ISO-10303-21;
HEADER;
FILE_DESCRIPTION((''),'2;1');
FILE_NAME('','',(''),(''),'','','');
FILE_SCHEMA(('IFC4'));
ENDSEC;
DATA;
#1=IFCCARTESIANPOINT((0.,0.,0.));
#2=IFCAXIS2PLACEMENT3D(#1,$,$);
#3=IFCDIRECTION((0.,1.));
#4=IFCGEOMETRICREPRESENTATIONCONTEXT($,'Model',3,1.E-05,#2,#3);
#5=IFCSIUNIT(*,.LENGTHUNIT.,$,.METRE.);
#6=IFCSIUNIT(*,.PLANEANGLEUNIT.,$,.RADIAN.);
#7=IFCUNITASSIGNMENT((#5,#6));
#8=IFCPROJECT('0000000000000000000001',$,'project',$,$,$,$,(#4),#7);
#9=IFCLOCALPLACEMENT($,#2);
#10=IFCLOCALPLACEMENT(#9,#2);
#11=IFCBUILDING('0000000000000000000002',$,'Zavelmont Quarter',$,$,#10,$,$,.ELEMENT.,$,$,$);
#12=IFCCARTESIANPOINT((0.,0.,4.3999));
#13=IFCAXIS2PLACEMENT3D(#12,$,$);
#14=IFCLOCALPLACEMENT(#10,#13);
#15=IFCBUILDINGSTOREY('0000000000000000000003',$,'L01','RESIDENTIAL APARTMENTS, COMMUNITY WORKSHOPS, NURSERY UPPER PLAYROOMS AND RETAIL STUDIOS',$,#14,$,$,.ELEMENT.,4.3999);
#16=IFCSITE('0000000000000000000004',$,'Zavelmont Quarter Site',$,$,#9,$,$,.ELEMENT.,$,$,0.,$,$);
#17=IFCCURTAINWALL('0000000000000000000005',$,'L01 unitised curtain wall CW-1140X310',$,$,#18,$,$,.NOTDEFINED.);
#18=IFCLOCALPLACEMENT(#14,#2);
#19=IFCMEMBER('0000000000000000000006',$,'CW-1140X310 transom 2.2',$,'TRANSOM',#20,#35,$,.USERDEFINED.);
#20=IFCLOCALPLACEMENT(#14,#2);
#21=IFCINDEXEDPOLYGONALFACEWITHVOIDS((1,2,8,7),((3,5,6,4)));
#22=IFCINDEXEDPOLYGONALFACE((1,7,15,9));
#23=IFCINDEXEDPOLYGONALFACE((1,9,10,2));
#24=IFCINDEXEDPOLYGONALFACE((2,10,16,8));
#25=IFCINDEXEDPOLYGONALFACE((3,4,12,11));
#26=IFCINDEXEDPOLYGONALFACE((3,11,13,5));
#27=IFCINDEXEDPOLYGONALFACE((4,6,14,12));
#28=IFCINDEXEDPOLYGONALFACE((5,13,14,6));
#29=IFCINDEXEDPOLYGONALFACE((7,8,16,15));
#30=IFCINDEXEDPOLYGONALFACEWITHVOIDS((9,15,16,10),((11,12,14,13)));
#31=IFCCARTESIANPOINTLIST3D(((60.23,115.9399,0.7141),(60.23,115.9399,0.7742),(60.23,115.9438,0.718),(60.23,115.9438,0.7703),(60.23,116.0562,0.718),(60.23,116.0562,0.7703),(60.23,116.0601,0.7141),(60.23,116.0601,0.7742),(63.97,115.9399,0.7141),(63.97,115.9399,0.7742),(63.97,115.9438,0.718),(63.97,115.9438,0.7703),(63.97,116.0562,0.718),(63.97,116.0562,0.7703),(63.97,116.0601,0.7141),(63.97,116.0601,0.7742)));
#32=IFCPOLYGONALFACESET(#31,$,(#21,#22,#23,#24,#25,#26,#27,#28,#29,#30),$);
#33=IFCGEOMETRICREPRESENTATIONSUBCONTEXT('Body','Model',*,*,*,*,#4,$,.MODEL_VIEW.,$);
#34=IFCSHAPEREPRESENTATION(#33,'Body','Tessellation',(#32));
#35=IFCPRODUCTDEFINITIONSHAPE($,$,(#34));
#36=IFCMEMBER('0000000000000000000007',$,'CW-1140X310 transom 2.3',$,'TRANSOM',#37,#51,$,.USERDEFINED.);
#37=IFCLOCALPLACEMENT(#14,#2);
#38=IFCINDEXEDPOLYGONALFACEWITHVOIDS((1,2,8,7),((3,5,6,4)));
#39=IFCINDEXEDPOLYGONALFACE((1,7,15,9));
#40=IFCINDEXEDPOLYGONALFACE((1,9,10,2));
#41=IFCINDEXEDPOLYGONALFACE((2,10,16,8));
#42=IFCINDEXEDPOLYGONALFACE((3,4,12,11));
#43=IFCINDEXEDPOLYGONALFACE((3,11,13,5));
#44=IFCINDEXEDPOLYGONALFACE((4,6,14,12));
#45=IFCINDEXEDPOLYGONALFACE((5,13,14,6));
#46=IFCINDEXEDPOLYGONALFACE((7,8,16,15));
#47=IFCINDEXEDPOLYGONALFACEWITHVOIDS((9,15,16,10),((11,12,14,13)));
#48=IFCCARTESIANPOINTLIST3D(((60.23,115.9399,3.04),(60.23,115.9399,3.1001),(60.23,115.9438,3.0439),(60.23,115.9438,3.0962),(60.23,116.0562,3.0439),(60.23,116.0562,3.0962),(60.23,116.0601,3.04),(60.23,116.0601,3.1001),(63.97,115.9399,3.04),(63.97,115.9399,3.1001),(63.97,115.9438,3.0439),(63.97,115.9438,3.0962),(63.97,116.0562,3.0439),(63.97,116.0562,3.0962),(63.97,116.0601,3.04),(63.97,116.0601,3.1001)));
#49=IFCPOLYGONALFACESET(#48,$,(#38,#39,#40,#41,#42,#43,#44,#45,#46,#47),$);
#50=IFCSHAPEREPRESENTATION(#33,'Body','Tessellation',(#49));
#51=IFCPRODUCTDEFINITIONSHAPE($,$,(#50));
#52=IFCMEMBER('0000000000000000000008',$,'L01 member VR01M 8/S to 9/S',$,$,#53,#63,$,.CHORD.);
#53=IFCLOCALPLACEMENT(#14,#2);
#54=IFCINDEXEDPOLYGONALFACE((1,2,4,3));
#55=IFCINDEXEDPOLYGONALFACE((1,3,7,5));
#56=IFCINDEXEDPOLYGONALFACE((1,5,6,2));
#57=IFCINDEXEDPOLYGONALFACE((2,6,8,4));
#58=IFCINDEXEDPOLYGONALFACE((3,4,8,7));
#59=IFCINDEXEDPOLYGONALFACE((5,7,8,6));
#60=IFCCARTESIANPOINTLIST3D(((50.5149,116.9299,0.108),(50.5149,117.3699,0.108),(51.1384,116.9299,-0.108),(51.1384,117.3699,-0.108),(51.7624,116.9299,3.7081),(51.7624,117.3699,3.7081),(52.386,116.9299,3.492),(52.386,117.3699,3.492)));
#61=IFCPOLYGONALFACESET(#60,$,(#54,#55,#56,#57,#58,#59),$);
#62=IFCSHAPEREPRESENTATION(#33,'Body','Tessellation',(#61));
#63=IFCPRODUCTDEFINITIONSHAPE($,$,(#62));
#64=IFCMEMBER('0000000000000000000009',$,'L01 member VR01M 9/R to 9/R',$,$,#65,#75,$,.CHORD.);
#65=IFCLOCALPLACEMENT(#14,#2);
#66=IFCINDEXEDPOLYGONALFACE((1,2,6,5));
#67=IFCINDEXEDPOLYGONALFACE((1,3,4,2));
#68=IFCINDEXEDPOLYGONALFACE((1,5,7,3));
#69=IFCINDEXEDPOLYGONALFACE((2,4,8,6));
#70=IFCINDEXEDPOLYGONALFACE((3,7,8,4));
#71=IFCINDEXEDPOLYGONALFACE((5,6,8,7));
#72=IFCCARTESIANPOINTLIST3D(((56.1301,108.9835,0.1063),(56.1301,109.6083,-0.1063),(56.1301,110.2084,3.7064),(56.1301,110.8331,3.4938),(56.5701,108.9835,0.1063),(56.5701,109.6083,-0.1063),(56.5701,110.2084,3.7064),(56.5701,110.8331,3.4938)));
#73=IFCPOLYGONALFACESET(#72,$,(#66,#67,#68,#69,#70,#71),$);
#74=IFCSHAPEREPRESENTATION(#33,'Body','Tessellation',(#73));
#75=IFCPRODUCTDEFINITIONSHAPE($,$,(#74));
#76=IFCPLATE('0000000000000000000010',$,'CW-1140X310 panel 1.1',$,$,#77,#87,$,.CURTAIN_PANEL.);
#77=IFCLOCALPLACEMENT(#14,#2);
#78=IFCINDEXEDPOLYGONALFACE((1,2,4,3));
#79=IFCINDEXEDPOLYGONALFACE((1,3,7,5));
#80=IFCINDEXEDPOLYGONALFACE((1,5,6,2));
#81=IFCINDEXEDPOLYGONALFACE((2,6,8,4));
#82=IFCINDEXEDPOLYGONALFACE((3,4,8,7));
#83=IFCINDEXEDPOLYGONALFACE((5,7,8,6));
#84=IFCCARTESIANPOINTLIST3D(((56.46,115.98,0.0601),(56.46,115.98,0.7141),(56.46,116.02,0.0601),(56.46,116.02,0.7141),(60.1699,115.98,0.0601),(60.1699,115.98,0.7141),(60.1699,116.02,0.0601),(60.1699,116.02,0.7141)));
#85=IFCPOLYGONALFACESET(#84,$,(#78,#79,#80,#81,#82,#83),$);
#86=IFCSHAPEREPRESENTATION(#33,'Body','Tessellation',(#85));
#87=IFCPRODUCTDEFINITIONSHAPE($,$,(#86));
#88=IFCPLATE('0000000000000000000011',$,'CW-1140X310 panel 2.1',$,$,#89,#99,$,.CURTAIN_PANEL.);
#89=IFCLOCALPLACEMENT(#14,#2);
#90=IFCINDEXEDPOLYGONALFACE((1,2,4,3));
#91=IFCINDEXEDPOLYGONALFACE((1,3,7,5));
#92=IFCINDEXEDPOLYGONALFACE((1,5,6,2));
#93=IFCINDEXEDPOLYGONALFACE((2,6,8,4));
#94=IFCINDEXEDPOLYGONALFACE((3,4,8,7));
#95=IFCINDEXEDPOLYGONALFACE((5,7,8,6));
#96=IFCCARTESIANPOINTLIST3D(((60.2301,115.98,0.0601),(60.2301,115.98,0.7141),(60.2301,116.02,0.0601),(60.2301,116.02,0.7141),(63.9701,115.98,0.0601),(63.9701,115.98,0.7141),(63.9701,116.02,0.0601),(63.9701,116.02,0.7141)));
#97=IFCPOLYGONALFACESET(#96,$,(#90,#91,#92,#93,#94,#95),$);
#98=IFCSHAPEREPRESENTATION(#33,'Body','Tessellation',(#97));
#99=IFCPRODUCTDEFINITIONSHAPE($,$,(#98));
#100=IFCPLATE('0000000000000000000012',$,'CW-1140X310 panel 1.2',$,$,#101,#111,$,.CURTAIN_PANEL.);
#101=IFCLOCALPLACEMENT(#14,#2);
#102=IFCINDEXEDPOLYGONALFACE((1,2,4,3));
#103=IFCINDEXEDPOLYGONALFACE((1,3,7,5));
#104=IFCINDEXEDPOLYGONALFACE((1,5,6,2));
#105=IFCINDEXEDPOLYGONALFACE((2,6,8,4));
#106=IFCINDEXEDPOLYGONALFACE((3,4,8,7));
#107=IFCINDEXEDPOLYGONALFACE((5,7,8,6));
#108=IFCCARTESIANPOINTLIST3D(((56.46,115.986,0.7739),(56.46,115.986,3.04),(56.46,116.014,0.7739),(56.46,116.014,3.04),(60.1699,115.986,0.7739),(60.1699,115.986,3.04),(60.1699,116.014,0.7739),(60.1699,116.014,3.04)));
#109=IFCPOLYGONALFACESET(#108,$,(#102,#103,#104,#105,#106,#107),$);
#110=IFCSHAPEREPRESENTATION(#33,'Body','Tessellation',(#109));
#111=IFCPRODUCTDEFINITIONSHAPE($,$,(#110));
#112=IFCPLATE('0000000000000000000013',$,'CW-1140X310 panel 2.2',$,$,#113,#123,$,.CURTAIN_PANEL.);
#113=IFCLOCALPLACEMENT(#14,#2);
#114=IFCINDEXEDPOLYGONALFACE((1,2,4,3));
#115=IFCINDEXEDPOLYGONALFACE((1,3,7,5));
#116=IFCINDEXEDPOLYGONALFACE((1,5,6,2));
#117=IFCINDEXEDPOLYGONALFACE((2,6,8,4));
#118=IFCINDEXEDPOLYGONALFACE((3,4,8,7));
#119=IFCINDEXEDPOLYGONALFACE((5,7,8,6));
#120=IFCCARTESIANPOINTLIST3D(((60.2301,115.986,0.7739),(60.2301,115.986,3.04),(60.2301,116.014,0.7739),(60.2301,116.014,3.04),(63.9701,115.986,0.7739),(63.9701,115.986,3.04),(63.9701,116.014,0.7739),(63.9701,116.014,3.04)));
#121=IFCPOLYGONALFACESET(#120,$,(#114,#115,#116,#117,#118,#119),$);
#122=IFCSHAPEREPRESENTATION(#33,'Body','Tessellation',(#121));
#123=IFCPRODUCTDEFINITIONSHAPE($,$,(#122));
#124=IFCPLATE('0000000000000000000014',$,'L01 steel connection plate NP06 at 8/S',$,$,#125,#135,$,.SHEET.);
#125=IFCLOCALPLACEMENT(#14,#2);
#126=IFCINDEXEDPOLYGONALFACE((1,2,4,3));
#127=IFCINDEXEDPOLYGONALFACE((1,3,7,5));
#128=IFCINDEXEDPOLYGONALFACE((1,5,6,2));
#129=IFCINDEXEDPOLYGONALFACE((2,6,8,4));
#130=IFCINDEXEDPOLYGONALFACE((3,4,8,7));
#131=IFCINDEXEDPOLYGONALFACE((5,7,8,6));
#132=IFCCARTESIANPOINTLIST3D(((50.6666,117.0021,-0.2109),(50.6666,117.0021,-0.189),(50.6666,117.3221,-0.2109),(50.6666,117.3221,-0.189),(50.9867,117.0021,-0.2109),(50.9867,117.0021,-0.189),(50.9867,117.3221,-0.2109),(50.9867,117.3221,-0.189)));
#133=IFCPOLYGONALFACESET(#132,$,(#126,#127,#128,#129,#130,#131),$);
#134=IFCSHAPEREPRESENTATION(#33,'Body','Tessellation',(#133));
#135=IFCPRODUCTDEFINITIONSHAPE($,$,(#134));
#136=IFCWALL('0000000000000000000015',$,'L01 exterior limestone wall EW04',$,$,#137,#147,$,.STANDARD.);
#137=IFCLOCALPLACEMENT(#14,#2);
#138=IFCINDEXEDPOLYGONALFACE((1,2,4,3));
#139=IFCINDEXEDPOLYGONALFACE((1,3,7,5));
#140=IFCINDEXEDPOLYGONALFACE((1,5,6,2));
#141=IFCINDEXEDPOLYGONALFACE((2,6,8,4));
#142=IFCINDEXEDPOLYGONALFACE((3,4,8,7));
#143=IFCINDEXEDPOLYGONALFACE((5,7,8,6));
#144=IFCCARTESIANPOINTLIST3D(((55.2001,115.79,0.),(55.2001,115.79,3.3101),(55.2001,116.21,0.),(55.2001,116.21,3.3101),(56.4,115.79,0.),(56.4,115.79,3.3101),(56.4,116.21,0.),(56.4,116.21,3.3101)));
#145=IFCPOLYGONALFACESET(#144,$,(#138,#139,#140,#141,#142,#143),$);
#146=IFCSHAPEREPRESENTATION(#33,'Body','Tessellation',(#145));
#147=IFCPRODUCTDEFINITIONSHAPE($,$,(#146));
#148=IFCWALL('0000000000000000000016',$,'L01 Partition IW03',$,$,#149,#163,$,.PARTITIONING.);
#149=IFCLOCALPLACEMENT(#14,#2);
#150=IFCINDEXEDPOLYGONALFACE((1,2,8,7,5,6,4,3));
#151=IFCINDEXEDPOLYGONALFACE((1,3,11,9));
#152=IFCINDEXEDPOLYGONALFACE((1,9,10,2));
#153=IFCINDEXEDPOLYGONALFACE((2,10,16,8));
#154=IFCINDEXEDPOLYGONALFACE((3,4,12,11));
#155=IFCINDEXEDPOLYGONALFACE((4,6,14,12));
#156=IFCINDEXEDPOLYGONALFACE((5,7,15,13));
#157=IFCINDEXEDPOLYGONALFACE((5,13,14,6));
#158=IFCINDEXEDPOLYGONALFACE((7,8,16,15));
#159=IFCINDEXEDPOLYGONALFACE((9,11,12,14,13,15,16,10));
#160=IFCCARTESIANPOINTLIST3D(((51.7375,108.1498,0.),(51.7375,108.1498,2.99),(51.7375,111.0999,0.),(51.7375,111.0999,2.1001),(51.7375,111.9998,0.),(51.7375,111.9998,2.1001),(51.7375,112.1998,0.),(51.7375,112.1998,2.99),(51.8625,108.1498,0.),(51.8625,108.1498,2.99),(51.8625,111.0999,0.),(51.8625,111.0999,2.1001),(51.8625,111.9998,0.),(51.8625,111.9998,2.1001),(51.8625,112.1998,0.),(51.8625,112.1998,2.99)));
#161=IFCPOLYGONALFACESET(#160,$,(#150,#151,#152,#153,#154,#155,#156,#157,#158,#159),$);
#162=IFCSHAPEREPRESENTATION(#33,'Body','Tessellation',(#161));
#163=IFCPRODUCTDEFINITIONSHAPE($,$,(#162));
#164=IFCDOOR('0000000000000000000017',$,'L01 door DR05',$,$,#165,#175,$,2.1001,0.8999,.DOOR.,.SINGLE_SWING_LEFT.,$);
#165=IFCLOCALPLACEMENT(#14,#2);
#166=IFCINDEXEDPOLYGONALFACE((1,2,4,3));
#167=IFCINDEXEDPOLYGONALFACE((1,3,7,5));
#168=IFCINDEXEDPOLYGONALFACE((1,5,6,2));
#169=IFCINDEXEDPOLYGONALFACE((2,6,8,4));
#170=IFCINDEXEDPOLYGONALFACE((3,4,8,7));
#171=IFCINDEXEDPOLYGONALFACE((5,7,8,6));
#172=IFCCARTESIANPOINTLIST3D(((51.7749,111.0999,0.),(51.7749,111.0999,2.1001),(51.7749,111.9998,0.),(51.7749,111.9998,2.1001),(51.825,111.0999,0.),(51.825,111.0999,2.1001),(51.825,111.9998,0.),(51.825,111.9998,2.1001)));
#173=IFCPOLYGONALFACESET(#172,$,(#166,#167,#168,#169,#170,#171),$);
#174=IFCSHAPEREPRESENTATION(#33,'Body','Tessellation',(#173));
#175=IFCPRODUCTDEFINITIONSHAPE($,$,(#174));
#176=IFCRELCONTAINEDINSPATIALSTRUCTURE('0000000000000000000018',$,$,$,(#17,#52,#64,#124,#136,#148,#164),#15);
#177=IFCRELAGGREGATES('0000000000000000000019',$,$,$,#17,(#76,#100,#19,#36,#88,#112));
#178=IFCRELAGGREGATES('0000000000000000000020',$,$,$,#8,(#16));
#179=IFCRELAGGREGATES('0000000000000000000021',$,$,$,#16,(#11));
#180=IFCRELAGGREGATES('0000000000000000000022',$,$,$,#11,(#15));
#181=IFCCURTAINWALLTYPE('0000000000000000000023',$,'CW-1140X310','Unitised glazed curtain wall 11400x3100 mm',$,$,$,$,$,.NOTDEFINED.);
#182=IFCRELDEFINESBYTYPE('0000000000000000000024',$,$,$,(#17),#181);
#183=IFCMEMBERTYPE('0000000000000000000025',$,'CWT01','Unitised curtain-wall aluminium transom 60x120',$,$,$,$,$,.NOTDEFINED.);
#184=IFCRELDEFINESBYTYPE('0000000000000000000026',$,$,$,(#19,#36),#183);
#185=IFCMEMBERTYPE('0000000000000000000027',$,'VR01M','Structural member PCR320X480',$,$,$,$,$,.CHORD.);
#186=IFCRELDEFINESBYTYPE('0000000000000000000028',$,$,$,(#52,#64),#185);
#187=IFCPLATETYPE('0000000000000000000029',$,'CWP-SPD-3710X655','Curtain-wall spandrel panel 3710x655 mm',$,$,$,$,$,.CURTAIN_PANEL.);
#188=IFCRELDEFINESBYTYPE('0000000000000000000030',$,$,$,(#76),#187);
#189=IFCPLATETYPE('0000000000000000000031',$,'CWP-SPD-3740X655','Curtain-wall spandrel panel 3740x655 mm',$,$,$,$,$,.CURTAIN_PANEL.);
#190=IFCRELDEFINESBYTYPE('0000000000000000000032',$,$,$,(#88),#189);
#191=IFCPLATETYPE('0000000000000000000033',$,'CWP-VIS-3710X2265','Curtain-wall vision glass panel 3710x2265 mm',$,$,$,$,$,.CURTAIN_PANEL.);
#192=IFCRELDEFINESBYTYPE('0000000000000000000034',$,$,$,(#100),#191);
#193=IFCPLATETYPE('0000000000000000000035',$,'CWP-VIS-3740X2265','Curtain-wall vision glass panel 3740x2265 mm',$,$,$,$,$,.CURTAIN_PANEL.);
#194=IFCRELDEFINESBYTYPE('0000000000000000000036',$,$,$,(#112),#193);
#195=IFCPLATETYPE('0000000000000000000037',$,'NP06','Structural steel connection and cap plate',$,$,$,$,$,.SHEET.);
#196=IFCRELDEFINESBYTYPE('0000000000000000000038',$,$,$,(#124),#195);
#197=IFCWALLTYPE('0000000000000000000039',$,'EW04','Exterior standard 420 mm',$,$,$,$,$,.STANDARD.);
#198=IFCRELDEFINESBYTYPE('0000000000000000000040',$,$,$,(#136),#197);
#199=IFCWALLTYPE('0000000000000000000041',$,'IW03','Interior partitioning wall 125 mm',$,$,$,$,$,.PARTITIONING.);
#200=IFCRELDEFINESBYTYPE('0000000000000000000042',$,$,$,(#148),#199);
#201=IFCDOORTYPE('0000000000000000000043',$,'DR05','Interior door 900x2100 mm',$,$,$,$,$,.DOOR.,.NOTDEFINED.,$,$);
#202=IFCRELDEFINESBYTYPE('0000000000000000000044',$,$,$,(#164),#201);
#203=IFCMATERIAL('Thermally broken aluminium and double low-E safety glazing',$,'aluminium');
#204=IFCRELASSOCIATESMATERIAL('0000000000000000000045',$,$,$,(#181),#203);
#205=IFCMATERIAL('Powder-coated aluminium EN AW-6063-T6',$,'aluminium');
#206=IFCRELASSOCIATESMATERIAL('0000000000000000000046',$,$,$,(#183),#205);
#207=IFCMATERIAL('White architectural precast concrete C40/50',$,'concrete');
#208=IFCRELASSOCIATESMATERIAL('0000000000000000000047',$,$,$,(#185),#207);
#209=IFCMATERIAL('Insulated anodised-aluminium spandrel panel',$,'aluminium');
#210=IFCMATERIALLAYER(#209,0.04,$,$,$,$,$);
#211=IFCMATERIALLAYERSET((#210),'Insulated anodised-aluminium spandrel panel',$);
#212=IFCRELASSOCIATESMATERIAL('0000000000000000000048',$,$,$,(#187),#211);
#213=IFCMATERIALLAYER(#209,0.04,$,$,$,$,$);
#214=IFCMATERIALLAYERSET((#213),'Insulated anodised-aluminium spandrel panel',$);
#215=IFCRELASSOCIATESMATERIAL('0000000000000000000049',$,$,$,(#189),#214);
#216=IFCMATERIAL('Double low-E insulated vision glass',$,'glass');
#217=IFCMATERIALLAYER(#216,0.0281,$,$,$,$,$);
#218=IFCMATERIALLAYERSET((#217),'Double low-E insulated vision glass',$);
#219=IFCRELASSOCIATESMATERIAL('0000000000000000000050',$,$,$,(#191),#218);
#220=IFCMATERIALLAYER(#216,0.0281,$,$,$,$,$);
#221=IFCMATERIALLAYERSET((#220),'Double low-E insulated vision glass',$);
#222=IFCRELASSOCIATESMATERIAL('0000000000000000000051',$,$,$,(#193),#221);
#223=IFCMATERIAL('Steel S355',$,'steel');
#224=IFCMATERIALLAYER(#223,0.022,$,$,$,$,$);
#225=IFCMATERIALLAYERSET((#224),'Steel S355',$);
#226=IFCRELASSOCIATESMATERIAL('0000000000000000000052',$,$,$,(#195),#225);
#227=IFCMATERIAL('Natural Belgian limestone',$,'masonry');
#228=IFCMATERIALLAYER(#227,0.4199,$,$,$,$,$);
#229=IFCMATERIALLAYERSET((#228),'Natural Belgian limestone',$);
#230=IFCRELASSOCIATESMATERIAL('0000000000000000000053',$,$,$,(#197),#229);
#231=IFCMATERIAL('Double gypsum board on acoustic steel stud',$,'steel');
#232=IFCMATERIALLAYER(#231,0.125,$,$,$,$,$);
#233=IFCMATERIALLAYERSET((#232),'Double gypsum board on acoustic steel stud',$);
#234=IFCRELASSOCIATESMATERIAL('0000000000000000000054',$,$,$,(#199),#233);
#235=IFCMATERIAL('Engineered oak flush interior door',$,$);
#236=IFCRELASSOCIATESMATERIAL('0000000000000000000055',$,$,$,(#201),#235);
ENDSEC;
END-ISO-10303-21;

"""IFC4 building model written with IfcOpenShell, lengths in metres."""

from ifc_helpers import new_model, si_unit, direction, frame, frame_2d, origin, origin_2d, place, context, subcontext, project, spatial, rectangle, hollow_rectangle, extrude, material, layer, layer_set, material_profile, profile_set, type_object, element, fill, aggregate, save


model = new_model("IFC4")

# Units and contexts
model_context = context("Model", 3, precision=1e-05, world=origin(), true_north=direction((0.0, 1.0)))
body_context = subcontext(model_context, "Body", "Model", "MODEL_VIEW")
ifc_project = project(units=[si_unit("LENGTHUNIT", "METRE"), si_unit("PLANEANGLEUNIT", "RADIAN")], contexts=[model_context])

# Site, building, storey
site_placement = place(None, origin())
site = spatial("IfcSite", under=ifc_project, at=site_placement, Name="Zavelmont Quarter Site", CompositionType="ELEMENT", RefElevation=0.0)
building_placement = place(site_placement, origin())
building = spatial("IfcBuilding", under=site, at=building_placement, Name="Zavelmont Quarter", CompositionType="ELEMENT")
storey_placement = place(building_placement, frame((0.0, 0.0, 4.3999)))
storey = spatial("IfcBuildingStorey", under=building, at=storey_placement, Name="L01", Description="RESIDENTIAL APARTMENTS, COMMUNITY WORKSHOPS, NURSERY UPPER PLAYROOMS AND RETAIL STUDIOS", CompositionType="ELEMENT", Elevation=4.3999)

# Shared definitions
ifc_material_1 = material(Name="Steel S355", Category="steel")

# Curtain wall, members
ifc_material_2 = material(Name="Thermally broken aluminium and double low-E safety glazing", Category="aluminium")
curtain_wall_type = type_object("IfcCurtainWallType", Name="CW-1140X310", Description="Unitised glazed curtain wall 11400x3100 mm", PredefinedType="NOTDEFINED", material=ifc_material_2)
curtain_wall_placement = place(storey_placement, origin())
curtain_wall = element("IfcCurtainWall", 1, at=curtain_wall_placement, inside=storey, type_object=curtain_wall_type, Name="L01 unitised curtain wall CW-1140X310", PredefinedType="NOTDEFINED")
ifc_material_3 = material(Name="Powder-coated aluminium EN AW-6063-T6", Category="aluminium")
ifc_material_profile_1 = material_profile(ifc_material_3, hollow_rectangle(XDim=0.1201, YDim=0.0601, WallThickness=0.0039, at=origin_2d()), Name="CWT60X120")
ifc_profile_set_1 = profile_set([ifc_material_profile_1], Name="Powder-coated aluminium EN AW-6063-T6")
member_type_1 = type_object("IfcMemberType", Name="CWT01", Description="Unitised curtain-wall aluminium transom 60x120", PredefinedType="NOTDEFINED", material=ifc_profile_set_1)
member_1_placement = place(storey_placement, frame((60.23, 116.0, 0.7441), z_axis=(1.0, 0.0, 0.0), x_axis=(0.0, 1.0, 0.0)))
member_1 = element("IfcMember", 2, at=member_1_placement, type_object=member_type_1, Name="CW-1140X310 transom 2.2", ObjectType="TRANSOM", PredefinedType="USERDEFINED", context=body_context, shape_type="SweptSolid", body=[
    extrude(hollow_rectangle(XDim=0.1201, YDim=0.0601, WallThickness=0.0039, at=origin_2d()), origin(), (0.0, 0.0, 1.0), 3.74),
])
member_2_placement = place(storey_placement, frame((60.23, 116.0, 3.0701), z_axis=(1.0, 0.0, 0.0), x_axis=(0.0, 1.0, 0.0)))
member_2 = element("IfcMember", 3, at=member_2_placement, type_object=member_type_1, Name="CW-1140X310 transom 2.3", ObjectType="TRANSOM", PredefinedType="USERDEFINED", context=body_context, shape_type="SweptSolid", body=[
    extrude(hollow_rectangle(XDim=0.1201, YDim=0.0601, WallThickness=0.0039, at=origin_2d()), origin(), (0.0, 0.0, 1.0), 3.74),
])

# Members
ifc_material_4 = material(Name="White architectural precast concrete C40/50", Category="concrete")
ifc_material_profile_2 = material_profile(ifc_material_4, rectangle(XDim=0.4399, YDim=0.6599, at=origin_2d()), Name="PCR320X480")
ifc_profile_set_2 = profile_set([ifc_material_profile_2], Name="White architectural precast concrete C40/50")
member_type_2 = type_object("IfcMemberType", Name="VR01M", Description="Structural member PCR320X480", PredefinedType="CHORD", material=ifc_profile_set_2)
member_3_placement = place(storey_placement, frame((50.8267, 117.1499, 0.0), z_axis=(0.327432, 0.0, 0.944875), x_axis=(0.0, 1.0, 0.0)))
element("IfcMember", 4, at=member_3_placement, inside=storey, type_object=member_type_2, Name="L01 member VR01M 8/S to 9/S", PredefinedType="CHORD", context=body_context, shape_type="SweptSolid", body=[
    extrude(rectangle(XDim=0.4399, YDim=0.6599, at=origin_2d()), origin(), (0.0, 0.0, 1.0), 3.8101),
])
member_4_placement = place(storey_placement, frame((56.3501, 109.2959, 0.0), z_axis=(0.0, 0.322096, 0.946707), x_axis=(-1.0, 0.0, 0.0)))
element("IfcMember", 5, at=member_4_placement, inside=storey, type_object=member_type_2, Name="L01 member VR01M 9/R to 9/R", PredefinedType="CHORD", context=body_context, shape_type="SweptSolid", body=[
    extrude(rectangle(XDim=0.4399, YDim=0.6599, at=origin_2d()), origin(), (0.0, 0.0, 1.0), 3.8027),
])

# Plates
ifc_material_5 = material(Name="Insulated anodised-aluminium spandrel panel", Category="aluminium")
ifc_layer_1 = layer(ifc_material_5, 0.04)
ifc_layer_set_1 = layer_set([ifc_layer_1], Name="Insulated anodised-aluminium spandrel panel")
plate_type_1 = type_object("IfcPlateType", Name="CWP-SPD-3710X655", Description="Curtain-wall spandrel panel 3710x655 mm", PredefinedType="CURTAIN_PANEL", material=ifc_layer_set_1)
plate_1_placement = place(storey_placement, frame((58.3149, 116.0, 0.0601), z_axis=(0.0, 0.0, 1.0), x_axis=(1.0, 0.0, 0.0)))
plate_1 = element("IfcPlate", 6, at=plate_1_placement, type_object=plate_type_1, Name="CW-1140X310 panel 1.1", PredefinedType="CURTAIN_PANEL", context=body_context, shape_type="SweptSolid", body=[
    extrude(rectangle(XDim=3.71, YDim=0.04, at=origin_2d()), origin(), (0.0, 0.0, 1.0), 0.6541),
])
ifc_layer_2 = layer(ifc_material_5, 0.04)
ifc_layer_set_2 = layer_set([ifc_layer_2], Name="Insulated anodised-aluminium spandrel panel")
plate_type_2 = type_object("IfcPlateType", Name="CWP-SPD-3740X655", Description="Curtain-wall spandrel panel 3740x655 mm", PredefinedType="CURTAIN_PANEL", material=ifc_layer_set_2)
plate_2_placement = place(storey_placement, frame((62.1001, 116.0, 0.0601), z_axis=(0.0, 0.0, 1.0), x_axis=(1.0, 0.0, 0.0)))
plate_2 = element("IfcPlate", 7, at=plate_2_placement, type_object=plate_type_2, Name="CW-1140X310 panel 2.1", PredefinedType="CURTAIN_PANEL", context=body_context, shape_type="SweptSolid", body=[
    extrude(rectangle(XDim=3.74, YDim=0.04, at=origin_2d()), origin(), (0.0, 0.0, 1.0), 0.6541),
])
ifc_material_6 = material(Name="Double low-E insulated vision glass", Category="glass")
ifc_layer_3 = layer(ifc_material_6, 0.0281)
ifc_layer_set_3 = layer_set([ifc_layer_3], Name="Double low-E insulated vision glass")
plate_type_3 = type_object("IfcPlateType", Name="CWP-VIS-3710X2265", Description="Curtain-wall vision glass panel 3710x2265 mm", PredefinedType="CURTAIN_PANEL", material=ifc_layer_set_3)
plate_3_placement = place(storey_placement, frame((58.3149, 116.0, 0.7739), z_axis=(0.0, 0.0, 1.0), x_axis=(1.0, 0.0, 0.0)))
plate_3 = element("IfcPlate", 8, at=plate_3_placement, type_object=plate_type_3, Name="CW-1140X310 panel 1.2", PredefinedType="CURTAIN_PANEL", context=body_context, shape_type="SweptSolid", body=[
    extrude(rectangle(XDim=3.71, YDim=0.0281, at=origin_2d()), origin(), (0.0, 0.0, 1.0), 2.2661),
])
ifc_layer_4 = layer(ifc_material_6, 0.0281)
ifc_layer_set_4 = layer_set([ifc_layer_4], Name="Double low-E insulated vision glass")
plate_type_4 = type_object("IfcPlateType", Name="CWP-VIS-3740X2265", Description="Curtain-wall vision glass panel 3740x2265 mm", PredefinedType="CURTAIN_PANEL", material=ifc_layer_set_4)
plate_4_placement = place(storey_placement, frame((62.1001, 116.0, 0.7739), z_axis=(0.0, 0.0, 1.0), x_axis=(1.0, 0.0, 0.0)))
plate_4 = element("IfcPlate", 9, at=plate_4_placement, type_object=plate_type_4, Name="CW-1140X310 panel 2.2", PredefinedType="CURTAIN_PANEL", context=body_context, shape_type="SweptSolid", body=[
    extrude(rectangle(XDim=3.74, YDim=0.0281, at=origin_2d()), origin(), (0.0, 0.0, 1.0), 2.2661),
])
aggregate(curtain_wall, [plate_1, plate_3, member_1, member_2, plate_2, plate_4])
ifc_layer_5 = layer(ifc_material_1, 0.022)
ifc_layer_set_5 = layer_set([ifc_layer_5], Name="Steel S355")
plate_type_5 = type_object("IfcPlateType", Name="NP06", Description="Structural steel connection and cap plate", PredefinedType="SHEET", material=ifc_layer_set_5)
plate_5_placement = place(storey_placement, frame((50.8267, 117.1621, -0.2109), z_axis=(0.0, 0.0, 1.0), x_axis=(1.0, 0.0, 0.0)))
element("IfcPlate", 10, at=plate_5_placement, inside=storey, type_object=plate_type_5, Name="L01 steel connection plate NP06 at 8/S", PredefinedType="SHEET", context=body_context, shape_type="SweptSolid", body=[
    extrude(rectangle(XDim=0.3201, YDim=0.3201, at=origin_2d()), origin(), (0.0, 0.0, 1.0), 0.022),
])

# Wall
ifc_material_7 = material(Name="Natural Belgian limestone", Category="masonry")
ifc_layer_6 = layer(ifc_material_7, 0.4199)
ifc_layer_set_6 = layer_set([ifc_layer_6], Name="Natural Belgian limestone")
wall_type_1 = type_object("IfcWallType", Name="EW04", Description="Exterior standard 420 mm", PredefinedType="STANDARD", material=ifc_layer_set_6)
wall_1_placement = place(storey_placement, frame((55.2, 116.0, 0.0), z_axis=(0.0, 0.0, 1.0), x_axis=(1.0, 0.0, 0.0)))
element("IfcWall", 11, at=wall_1_placement, inside=storey, type_object=wall_type_1, Name="L01 exterior limestone wall EW04", PredefinedType="STANDARD", context=body_context, shape_type="SweptSolid", body=[
    extrude(rectangle(XDim=1.2, YDim=0.4199, at=frame_2d((0.6001, 0.0))), origin(), (0.0, 0.0, 1.0), 3.3101),
])

# Wall, opening, door
ifc_material_8 = material(Name="Double gypsum board on acoustic steel stud", Category="steel")
ifc_layer_7 = layer(ifc_material_8, 0.125)
ifc_layer_set_7 = layer_set([ifc_layer_7], Name="Double gypsum board on acoustic steel stud")
wall_type_2 = type_object("IfcWallType", Name="IW03", Description="Interior partitioning wall 125 mm", PredefinedType="PARTITIONING", material=ifc_layer_set_7)
wall_2_placement = place(storey_placement, frame((51.8, 108.1499, 0.0), z_axis=(0.0, 0.0, 1.0), x_axis=(0.0, 1.0, 0.0)))
wall_2 = element("IfcWall", 12, at=wall_2_placement, inside=storey, type_object=wall_type_2, Name="L01 Partition IW03", PredefinedType="PARTITIONING", context=body_context, shape_type="SweptSolid", body=[
    extrude(rectangle(XDim=4.05, YDim=0.125, at=frame_2d((2.0249, 0.0))), origin(), (0.0, 0.0, 1.0), 2.99),
])
opening_placement = place(wall_2_placement, frame((2.95, 0.0, 0.0)))
opening = element("IfcOpeningElement", 13, at=opening_placement, cuts=wall_2, PredefinedType="OPENING", context=body_context, shape_type="SweptSolid", body=[
    extrude(rectangle(XDim=0.8999, YDim=2.1001, at=frame_2d((0.45, 1.05))), frame((0.0, 0.0745, 0.0), z_axis=(0.0, -1.0, 0.0), x_axis=(1.0, 0.0, 0.0)), (0.0, 0.0, 1.0), 0.1489),
])
ifc_material_9 = material(Name="Engineered oak flush interior door")
door_type = type_object("IfcDoorType", Name="DR05", Description="Interior door 900x2100 mm", OperationType="NOTDEFINED", PredefinedType="DOOR", material=ifc_material_9)
door_placement = place(opening_placement, frame((0.8999, 0.0, 0.0), z_axis=(0.0, 0.0, 1.0), x_axis=(-1.0, 0.0, 0.0)))
door = element("IfcDoor", 14, at=door_placement, inside=storey, type_object=door_type, Name="L01 door DR05", OperationType="SINGLE_SWING_LEFT", OverallHeight=2.1001, OverallWidth=0.8999, PredefinedType="DOOR", context=body_context, shape_type="SweptSolid", body=[
    extrude(rectangle(XDim=0.8999, YDim=2.1001, at=frame_2d((0.45, 1.05))), frame((0.0, 0.0249, 0.0), z_axis=(0.0, -1.0, 0.0), x_axis=(1.0, 0.0, 0.0)), (0.0, 0.0, 1.0), 0.05),
])
fill(opening, door)

save(model, "model.ifc")
